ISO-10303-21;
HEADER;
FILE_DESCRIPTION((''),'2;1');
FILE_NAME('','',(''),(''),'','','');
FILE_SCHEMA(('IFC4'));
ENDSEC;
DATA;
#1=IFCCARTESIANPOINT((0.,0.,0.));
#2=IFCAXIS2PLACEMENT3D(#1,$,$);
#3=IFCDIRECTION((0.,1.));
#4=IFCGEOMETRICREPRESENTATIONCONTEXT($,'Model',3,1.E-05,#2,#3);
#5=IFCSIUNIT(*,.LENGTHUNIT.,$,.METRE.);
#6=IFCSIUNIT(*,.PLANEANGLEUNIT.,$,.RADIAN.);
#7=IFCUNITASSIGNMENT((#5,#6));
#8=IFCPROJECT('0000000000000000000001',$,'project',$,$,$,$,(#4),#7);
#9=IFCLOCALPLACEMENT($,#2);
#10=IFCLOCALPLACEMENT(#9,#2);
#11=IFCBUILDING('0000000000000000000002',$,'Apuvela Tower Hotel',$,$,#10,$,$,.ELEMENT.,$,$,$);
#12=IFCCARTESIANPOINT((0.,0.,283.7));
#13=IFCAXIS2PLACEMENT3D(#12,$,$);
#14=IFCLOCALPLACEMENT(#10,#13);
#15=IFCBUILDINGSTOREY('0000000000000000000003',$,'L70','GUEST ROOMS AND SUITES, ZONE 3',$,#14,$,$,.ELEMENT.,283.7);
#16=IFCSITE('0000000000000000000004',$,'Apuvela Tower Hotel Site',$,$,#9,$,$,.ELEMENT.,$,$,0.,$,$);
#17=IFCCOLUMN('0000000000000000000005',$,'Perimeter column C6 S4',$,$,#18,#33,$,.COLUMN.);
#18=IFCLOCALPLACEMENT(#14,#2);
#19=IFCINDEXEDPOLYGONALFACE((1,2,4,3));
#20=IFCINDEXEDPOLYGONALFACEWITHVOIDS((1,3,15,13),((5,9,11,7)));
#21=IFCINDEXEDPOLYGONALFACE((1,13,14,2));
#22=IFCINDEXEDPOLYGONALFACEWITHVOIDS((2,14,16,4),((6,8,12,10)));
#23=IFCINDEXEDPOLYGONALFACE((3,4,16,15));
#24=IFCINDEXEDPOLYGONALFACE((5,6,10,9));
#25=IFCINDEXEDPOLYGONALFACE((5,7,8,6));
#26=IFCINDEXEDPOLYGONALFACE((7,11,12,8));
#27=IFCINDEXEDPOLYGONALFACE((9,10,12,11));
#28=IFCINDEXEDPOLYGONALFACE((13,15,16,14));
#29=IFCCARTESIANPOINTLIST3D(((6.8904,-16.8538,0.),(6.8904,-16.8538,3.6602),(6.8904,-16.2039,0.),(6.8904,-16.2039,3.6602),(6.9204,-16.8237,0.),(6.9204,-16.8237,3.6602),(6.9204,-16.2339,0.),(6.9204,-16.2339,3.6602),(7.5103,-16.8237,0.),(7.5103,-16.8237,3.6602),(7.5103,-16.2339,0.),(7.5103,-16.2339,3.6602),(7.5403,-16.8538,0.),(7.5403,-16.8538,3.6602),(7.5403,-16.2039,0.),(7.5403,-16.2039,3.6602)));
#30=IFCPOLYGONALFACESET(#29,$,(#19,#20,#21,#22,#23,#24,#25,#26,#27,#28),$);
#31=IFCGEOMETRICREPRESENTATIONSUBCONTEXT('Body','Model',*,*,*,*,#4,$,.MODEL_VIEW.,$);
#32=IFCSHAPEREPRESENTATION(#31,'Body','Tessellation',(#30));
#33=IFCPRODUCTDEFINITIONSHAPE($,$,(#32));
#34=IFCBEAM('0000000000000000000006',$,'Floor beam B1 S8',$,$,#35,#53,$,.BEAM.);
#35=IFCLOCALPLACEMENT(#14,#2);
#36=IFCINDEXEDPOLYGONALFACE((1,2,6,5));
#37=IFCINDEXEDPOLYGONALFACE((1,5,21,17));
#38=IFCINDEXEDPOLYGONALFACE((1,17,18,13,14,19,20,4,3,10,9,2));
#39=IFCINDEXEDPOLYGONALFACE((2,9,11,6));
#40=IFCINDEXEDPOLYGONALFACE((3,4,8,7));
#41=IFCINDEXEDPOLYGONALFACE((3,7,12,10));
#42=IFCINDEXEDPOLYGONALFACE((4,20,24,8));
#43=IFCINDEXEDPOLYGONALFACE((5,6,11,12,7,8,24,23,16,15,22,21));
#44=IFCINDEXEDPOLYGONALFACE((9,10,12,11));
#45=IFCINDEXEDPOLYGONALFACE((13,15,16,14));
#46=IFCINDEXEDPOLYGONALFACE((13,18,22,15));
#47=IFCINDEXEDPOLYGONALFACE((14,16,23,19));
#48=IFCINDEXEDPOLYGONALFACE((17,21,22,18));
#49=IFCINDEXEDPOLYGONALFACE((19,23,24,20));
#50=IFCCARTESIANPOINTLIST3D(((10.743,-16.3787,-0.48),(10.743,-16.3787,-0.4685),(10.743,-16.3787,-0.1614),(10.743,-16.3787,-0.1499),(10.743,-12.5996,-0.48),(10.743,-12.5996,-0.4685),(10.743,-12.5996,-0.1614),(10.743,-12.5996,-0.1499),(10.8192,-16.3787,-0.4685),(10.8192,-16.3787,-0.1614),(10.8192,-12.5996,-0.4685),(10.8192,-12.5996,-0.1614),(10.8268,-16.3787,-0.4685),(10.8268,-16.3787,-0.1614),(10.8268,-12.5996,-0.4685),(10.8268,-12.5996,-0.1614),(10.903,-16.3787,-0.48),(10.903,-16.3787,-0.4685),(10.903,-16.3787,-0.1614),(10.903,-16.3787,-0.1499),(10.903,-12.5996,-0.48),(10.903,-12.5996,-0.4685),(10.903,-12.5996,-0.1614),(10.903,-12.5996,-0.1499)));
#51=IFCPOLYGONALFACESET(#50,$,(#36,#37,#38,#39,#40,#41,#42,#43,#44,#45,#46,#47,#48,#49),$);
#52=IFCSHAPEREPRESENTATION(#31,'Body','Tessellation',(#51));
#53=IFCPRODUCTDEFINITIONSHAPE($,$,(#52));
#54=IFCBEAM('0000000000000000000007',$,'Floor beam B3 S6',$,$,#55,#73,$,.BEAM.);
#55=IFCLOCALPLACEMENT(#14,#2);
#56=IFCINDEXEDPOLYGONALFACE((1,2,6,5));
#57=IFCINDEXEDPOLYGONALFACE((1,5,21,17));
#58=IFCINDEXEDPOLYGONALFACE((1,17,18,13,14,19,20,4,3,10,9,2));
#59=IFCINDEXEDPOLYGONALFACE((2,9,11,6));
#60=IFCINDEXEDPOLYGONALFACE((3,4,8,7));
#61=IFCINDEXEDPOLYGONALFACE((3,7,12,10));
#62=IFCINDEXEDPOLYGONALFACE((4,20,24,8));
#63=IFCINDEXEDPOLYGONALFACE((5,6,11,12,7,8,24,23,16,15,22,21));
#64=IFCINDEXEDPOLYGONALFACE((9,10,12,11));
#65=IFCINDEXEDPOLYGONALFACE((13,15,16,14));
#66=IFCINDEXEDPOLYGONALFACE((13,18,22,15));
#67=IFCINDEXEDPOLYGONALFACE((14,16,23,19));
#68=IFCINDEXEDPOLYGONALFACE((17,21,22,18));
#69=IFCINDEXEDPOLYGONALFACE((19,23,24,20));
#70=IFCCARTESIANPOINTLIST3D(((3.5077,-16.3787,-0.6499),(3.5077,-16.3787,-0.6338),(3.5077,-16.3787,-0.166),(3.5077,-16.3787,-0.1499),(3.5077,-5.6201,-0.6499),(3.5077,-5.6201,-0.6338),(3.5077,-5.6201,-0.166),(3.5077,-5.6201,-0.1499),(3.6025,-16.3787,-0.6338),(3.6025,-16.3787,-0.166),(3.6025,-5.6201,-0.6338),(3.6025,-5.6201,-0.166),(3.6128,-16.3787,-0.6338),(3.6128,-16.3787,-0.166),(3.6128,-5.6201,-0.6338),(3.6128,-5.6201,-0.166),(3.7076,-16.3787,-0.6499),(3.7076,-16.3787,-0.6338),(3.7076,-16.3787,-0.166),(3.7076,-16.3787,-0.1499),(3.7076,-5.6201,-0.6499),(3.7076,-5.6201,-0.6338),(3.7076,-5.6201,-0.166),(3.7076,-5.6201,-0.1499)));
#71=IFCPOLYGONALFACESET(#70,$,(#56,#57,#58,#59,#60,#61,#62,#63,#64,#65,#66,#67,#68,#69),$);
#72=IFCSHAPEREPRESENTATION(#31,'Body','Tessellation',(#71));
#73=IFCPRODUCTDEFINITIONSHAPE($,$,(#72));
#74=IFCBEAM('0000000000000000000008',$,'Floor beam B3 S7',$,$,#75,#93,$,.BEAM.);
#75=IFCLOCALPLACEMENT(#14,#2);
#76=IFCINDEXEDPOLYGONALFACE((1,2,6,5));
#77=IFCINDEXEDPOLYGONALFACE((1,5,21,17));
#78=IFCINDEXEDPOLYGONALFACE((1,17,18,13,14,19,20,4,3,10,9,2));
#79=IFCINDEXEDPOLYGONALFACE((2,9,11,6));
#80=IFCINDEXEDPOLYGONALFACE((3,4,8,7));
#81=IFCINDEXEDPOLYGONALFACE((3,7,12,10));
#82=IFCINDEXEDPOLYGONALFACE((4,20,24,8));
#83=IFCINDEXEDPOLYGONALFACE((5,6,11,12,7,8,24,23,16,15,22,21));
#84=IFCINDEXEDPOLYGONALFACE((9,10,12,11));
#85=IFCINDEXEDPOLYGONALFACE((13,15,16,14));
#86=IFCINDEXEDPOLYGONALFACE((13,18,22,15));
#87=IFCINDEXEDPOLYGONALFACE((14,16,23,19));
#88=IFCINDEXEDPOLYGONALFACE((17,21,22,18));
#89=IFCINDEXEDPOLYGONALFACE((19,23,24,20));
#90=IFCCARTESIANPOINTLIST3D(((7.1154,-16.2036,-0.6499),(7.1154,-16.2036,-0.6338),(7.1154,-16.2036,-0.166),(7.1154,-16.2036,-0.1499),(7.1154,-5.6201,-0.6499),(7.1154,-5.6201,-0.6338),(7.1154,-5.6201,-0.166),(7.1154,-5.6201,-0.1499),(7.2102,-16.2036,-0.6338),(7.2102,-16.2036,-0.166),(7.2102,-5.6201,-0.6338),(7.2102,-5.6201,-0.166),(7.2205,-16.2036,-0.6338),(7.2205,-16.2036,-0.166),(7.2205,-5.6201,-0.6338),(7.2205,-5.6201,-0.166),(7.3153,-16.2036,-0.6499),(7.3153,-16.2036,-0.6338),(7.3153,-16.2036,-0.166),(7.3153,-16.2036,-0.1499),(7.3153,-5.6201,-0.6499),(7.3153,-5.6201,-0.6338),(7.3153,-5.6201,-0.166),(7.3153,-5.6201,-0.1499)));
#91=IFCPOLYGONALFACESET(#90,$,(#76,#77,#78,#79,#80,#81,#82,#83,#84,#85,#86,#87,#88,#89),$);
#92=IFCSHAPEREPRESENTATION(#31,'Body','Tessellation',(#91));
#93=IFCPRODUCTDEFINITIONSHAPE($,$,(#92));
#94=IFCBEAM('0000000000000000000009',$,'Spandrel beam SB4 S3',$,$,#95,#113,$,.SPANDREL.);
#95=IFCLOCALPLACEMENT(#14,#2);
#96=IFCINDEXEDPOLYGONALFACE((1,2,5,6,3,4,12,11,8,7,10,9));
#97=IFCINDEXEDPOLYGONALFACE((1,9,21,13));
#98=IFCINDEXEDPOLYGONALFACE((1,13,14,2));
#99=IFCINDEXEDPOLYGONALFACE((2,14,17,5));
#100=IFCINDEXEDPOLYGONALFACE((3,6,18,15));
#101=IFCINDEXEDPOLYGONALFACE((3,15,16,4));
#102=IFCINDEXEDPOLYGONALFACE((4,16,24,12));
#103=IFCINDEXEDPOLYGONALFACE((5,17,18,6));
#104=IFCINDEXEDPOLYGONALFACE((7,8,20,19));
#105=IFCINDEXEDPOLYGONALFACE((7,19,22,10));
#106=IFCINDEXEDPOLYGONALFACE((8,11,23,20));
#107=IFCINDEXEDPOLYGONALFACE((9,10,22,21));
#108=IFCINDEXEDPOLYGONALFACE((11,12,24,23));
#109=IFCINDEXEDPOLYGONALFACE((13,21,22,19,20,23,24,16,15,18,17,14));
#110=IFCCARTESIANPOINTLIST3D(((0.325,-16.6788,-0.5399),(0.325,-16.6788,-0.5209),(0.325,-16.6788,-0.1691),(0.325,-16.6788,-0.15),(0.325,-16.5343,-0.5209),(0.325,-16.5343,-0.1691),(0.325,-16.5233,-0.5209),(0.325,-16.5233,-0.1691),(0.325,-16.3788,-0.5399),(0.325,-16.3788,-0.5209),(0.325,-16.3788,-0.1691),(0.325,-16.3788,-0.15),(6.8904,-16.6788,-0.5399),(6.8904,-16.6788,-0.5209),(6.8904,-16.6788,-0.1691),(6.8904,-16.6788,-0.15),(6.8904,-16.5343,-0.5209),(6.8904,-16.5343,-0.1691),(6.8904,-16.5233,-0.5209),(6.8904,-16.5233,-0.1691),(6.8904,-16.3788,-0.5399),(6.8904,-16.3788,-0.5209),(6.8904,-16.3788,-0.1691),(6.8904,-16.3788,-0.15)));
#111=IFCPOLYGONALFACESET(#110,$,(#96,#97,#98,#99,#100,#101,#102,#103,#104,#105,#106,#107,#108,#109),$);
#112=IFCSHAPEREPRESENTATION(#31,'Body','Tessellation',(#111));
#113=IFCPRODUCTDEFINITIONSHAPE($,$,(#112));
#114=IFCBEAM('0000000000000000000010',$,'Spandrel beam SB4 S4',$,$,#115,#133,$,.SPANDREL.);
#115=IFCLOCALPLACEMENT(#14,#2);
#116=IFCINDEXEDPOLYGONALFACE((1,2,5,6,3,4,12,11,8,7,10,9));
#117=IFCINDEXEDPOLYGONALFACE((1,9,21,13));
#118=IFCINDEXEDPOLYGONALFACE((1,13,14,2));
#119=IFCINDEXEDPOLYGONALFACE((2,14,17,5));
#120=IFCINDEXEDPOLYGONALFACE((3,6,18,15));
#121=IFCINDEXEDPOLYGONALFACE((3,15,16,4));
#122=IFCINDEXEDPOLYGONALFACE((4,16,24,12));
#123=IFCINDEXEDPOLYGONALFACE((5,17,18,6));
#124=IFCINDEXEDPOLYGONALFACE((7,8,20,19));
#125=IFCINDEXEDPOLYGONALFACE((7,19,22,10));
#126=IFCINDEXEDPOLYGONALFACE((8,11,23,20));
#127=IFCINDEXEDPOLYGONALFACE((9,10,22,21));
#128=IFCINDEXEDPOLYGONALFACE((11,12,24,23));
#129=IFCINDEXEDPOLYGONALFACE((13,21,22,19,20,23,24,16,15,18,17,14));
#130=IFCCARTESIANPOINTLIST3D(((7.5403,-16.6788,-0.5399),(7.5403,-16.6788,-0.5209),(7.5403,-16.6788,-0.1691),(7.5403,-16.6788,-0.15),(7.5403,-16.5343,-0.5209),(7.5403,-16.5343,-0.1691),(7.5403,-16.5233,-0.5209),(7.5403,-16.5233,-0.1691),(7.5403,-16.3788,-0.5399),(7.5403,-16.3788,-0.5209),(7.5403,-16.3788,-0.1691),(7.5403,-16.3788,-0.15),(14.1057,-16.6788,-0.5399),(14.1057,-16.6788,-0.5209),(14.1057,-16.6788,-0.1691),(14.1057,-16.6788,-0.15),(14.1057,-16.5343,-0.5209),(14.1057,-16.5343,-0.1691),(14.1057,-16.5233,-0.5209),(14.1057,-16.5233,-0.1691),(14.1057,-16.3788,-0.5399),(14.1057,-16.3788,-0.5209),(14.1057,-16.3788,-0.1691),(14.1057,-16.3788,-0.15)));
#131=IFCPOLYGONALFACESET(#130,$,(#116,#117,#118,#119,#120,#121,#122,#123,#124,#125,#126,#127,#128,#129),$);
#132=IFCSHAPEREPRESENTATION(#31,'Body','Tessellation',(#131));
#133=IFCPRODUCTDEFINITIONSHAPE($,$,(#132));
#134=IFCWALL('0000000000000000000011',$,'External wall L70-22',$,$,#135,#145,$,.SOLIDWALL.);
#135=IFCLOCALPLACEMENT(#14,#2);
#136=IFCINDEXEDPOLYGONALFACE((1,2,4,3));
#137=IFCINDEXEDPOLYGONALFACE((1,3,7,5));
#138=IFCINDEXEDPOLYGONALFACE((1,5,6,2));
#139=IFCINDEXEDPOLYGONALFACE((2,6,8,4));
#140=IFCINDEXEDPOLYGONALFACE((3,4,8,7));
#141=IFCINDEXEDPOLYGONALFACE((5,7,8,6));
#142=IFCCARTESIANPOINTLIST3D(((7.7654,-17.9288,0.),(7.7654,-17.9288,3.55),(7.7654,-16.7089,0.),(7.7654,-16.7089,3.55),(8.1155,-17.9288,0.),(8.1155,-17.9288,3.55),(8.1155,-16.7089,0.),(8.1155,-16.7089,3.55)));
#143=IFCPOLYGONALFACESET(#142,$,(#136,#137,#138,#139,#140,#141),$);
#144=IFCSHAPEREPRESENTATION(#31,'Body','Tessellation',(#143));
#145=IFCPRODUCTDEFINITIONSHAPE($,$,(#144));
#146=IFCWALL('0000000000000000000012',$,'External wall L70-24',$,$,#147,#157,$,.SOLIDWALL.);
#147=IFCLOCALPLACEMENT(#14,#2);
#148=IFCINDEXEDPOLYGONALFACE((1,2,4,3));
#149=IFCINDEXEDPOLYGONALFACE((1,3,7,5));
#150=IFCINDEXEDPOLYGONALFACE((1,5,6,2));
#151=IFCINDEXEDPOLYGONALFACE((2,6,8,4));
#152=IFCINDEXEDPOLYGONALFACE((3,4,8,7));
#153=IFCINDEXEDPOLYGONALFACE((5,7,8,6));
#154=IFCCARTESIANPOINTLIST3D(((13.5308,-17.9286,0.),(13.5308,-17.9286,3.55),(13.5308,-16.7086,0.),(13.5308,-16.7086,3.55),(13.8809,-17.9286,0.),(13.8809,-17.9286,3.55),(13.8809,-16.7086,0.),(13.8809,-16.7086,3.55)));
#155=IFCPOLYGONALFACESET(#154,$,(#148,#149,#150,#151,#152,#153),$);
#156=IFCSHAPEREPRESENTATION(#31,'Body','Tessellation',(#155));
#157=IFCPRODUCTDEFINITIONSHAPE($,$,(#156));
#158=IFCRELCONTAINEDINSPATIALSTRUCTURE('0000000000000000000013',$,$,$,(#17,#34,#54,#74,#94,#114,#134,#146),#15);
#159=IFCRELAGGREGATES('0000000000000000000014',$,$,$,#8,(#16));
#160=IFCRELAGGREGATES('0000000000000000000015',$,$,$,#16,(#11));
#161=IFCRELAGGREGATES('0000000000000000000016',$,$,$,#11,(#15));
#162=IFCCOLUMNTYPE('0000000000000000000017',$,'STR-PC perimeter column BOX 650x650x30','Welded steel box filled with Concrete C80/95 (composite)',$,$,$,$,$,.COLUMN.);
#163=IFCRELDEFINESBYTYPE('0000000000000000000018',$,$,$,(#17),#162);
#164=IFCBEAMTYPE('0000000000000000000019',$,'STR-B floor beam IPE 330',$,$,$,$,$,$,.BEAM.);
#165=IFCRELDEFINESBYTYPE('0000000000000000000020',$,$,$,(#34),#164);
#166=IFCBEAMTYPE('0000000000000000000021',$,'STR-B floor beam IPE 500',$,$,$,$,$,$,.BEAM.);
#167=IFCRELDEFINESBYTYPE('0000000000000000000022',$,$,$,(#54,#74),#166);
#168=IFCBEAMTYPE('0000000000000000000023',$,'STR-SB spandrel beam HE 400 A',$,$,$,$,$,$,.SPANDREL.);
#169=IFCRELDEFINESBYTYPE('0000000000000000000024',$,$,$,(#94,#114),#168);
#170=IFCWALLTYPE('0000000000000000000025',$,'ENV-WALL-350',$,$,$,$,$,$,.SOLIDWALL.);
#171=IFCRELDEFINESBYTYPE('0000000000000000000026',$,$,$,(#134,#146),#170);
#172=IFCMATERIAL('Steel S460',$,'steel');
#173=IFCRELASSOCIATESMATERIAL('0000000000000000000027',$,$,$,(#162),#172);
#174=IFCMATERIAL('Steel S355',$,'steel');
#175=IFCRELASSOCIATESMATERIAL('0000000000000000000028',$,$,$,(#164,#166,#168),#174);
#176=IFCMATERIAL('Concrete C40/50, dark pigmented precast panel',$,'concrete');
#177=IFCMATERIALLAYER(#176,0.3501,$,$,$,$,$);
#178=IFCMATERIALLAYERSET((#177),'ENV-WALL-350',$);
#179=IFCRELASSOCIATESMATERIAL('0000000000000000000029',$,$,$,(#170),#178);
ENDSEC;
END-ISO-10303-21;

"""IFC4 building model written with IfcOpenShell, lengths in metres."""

from ifc_helpers import new_model, si_unit, direction, frame, frame_2d, origin, origin_2d, place, context, subcontext, project, spatial, rectangle, hollow_rectangle, i_section, extrude, boolean, halfspace, material, layer, layer_set, material_profile, profile_set, type_object, element, save


model = new_model("IFC4")

# Units and contexts
model_context = context("Model", 3, precision=1e-05, world=origin(), true_north=direction((0.0, 1.0)))
body_context = subcontext(model_context, "Body", "Model", "MODEL_VIEW")
ifc_project = project(units=[si_unit("LENGTHUNIT", "METRE"), si_unit("PLANEANGLEUNIT", "RADIAN")], contexts=[model_context])

# Site, building, storey
site_placement = place(None, origin())
site = spatial("IfcSite", under=ifc_project, at=site_placement, Name="Apuvela Tower Hotel Site", CompositionType="ELEMENT", RefElevation=0.0)
building_placement = place(site_placement, origin())
building = spatial("IfcBuilding", under=site, at=building_placement, Name="Apuvela Tower Hotel", CompositionType="ELEMENT")
storey_placement = place(building_placement, frame((0.0, 0.0, 283.7)))
storey = spatial("IfcBuildingStorey", under=building, at=storey_placement, Name="L70", Description="GUEST ROOMS AND SUITES, ZONE 3", CompositionType="ELEMENT", Elevation=283.7)

# Column
ifc_material_1 = material(Name="Steel S460", Category="steel")
ifc_material_profile_1 = material_profile(ifc_material_1, hollow_rectangle(XDim=0.6499, YDim=0.6499, WallThickness=0.03, at=origin_2d()), Name="BOX 650x650x30")
ifc_material_2 = material(Name="Concrete C80/95", Category="concrete")
ifc_material_profile_2 = material_profile(ifc_material_2, rectangle(XDim=0.5901, YDim=0.5901, at=origin_2d()), Name="Concrete C80/95 infill")
ifc_profile_set_1 = profile_set([ifc_material_profile_1, ifc_material_profile_2], Name="Steel S460")
column_type = type_object("IfcColumnType", Name="STR-PC perimeter column BOX 650x650x30", Description="Welded steel box filled with Concrete C80/95 (composite)", PredefinedType="COLUMN", material=ifc_profile_set_1)
column_placement = place(storey_placement, frame((7.2153, -16.5288, 0.0), z_axis=(0.0, 0.0, 1.0), x_axis=(-1.0, 0.0, 0.0)))
element("IfcColumn", 1, at=column_placement, inside=storey, type_object=column_type, Name="Perimeter column C6 S4", PredefinedType="COLUMN", context=body_context, shape_type="SweptSolid", body=[
    boolean("DIFFERENCE", extrude(hollow_rectangle(XDim=0.6499, YDim=0.6499, WallThickness=0.03, at=origin_2d()), origin(), (0.0, 0.0, 1.0), 3.7), halfspace(frame((0.0, 0.0, 3.6602), z_axis=(0.0, 0.0, 1.0), x_axis=(1.0, 0.0, 0.0)), False)),
])

# Beams
ifc_material_3 = material(Name="Steel S355", Category="steel")
ifc_material_profile_3 = material_profile(ifc_material_3, i_section(OverallWidth=0.1599, OverallDepth=0.3301, WebThickness=0.0076, FlangeThickness=0.0115, at=origin_2d()), Name="IPE 330")
ifc_profile_set_2 = profile_set([ifc_material_profile_3], Name="Steel S355")
beam_type_1 = type_object("IfcBeamType", Name="STR-B floor beam IPE 330", PredefinedType="BEAM", material=ifc_profile_set_2)
beam_1_placement = place(storey_placement, frame((10.823, -16.3787, -0.3149), z_axis=(0.0, 1.0, 0.0), x_axis=(-1.0, 0.0, 0.0)))
element("IfcBeam", 2, at=beam_1_placement, inside=storey, type_object=beam_type_1, Name="Floor beam B1 S8", PredefinedType="BEAM", context=body_context, shape_type="SweptSolid", body=[
    extrude(i_section(OverallWidth=0.1599, OverallDepth=0.3301, WebThickness=0.0076, FlangeThickness=0.0115, at=origin_2d()), origin(), (0.0, 0.0, 1.0), 3.7791),
])
ifc_material_profile_4 = material_profile(ifc_material_3, i_section(OverallWidth=0.2, OverallDepth=0.5, WebThickness=0.0103, FlangeThickness=0.0161, at=origin_2d()), Name="IPE 500")
ifc_profile_set_3 = profile_set([ifc_material_profile_4], Name="Steel S355")
beam_type_2 = type_object("IfcBeamType", Name="STR-B floor beam IPE 500", PredefinedType="BEAM", material=ifc_profile_set_3)
beam_2_placement = place(storey_placement, frame((3.6077, -16.3787, -0.3999), z_axis=(0.0, 1.0, 0.0), x_axis=(-1.0, 0.0, 0.0)))
element("IfcBeam", 3, at=beam_2_placement, inside=storey, type_object=beam_type_2, Name="Floor beam B3 S6", PredefinedType="BEAM", context=body_context, shape_type="SweptSolid", body=[
    extrude(i_section(OverallWidth=0.2, OverallDepth=0.5, WebThickness=0.0103, FlangeThickness=0.0161, at=origin_2d()), origin(), (0.0, 0.0, 1.0), 10.7585),
])
beam_3_placement = place(storey_placement, frame((7.2153, -16.2036, -0.3999), z_axis=(0.0, 1.0, 0.0), x_axis=(-1.0, 0.0, 0.0)))
element("IfcBeam", 4, at=beam_3_placement, inside=storey, type_object=beam_type_2, Name="Floor beam B3 S7", PredefinedType="BEAM", context=body_context, shape_type="SweptSolid", body=[
    extrude(i_section(OverallWidth=0.2, OverallDepth=0.5, WebThickness=0.0103, FlangeThickness=0.0161, at=origin_2d()), origin(), (0.0, 0.0, 1.0), 10.5835),
])
ifc_material_profile_5 = material_profile(ifc_material_3, i_section(OverallWidth=0.3, OverallDepth=0.3899, WebThickness=0.011, FlangeThickness=0.019, at=origin_2d()), Name="HE 400 A")
ifc_profile_set_4 = profile_set([ifc_material_profile_5], Name="Steel S355")
beam_type_3 = type_object("IfcBeamType", Name="STR-SB spandrel beam HE 400 A", PredefinedType="SPANDREL", material=ifc_profile_set_4)
for number, where, z_axis, x_axis, name in (
    (5, (0.325, -16.5288, -0.345), (1.0, 0.0, 0.0), (0.0, 1.0, 0.0), "Spandrel beam SB4 S3"),
    (6, (7.5403, -16.5288, -0.345), (1.0, 0.0, 0.0), (0.0, 1.0, 0.0), "Spandrel beam SB4 S4"),
):
    element("IfcBeam", number, at=place(storey_placement, frame(where, z_axis=z_axis, x_axis=x_axis)), inside=storey, type_object=beam_type_3, Name=name, PredefinedType="SPANDREL", context=body_context, shape_type="SweptSolid", body=[
        extrude(i_section(OverallWidth=0.3, OverallDepth=0.3899, WebThickness=0.011, FlangeThickness=0.019, at=origin_2d()), origin(), (0.0, 0.0, 1.0), 6.5654),
    ])

# Wall
ifc_material_4 = material(Name="Concrete C40/50, dark pigmented precast panel", Category="concrete")
ifc_layer_1 = layer(ifc_material_4, 0.3501)
ifc_layer_set_1 = layer_set([ifc_layer_1], Name="ENV-WALL-350")
wall_type_1 = type_object("IfcWallType", Name="ENV-WALL-350", PredefinedType="SOLIDWALL", material=ifc_layer_set_1)
wall_1_placement = place(storey_placement, frame((7.9404, -17.9287, 0.0), z_axis=(0.0, 0.0, 1.0), x_axis=(0.0, 1.0, 0.0)))
element("IfcWall", 7, at=wall_1_placement, inside=storey, type_object=wall_type_1, Name="External wall L70-22", PredefinedType="SOLIDWALL", context=body_context, shape_type="SweptSolid", body=[
    extrude(rectangle(XDim=1.22, YDim=0.3501, at=frame_2d((0.6099, 0.0))), origin(), (0.0, 0.0, 1.0), 3.55),
])

# Wall
wall_2_placement = place(storey_placement, frame((13.7058, -16.7087, 0.0), z_axis=(0.0, 0.0, 1.0), x_axis=(0.0, -1.0, 0.0)))
element("IfcWall", 8, at=wall_2_placement, inside=storey, type_object=wall_type_1, Name="External wall L70-24", PredefinedType="SOLIDWALL", context=body_context, shape_type="SweptSolid", body=[
    extrude(rectangle(XDim=1.22, YDim=0.3501, at=frame_2d((0.6099, 0.0))), origin(), (0.0, 0.0, 1.0), 3.55),
])

save(model, "model.ifc")
